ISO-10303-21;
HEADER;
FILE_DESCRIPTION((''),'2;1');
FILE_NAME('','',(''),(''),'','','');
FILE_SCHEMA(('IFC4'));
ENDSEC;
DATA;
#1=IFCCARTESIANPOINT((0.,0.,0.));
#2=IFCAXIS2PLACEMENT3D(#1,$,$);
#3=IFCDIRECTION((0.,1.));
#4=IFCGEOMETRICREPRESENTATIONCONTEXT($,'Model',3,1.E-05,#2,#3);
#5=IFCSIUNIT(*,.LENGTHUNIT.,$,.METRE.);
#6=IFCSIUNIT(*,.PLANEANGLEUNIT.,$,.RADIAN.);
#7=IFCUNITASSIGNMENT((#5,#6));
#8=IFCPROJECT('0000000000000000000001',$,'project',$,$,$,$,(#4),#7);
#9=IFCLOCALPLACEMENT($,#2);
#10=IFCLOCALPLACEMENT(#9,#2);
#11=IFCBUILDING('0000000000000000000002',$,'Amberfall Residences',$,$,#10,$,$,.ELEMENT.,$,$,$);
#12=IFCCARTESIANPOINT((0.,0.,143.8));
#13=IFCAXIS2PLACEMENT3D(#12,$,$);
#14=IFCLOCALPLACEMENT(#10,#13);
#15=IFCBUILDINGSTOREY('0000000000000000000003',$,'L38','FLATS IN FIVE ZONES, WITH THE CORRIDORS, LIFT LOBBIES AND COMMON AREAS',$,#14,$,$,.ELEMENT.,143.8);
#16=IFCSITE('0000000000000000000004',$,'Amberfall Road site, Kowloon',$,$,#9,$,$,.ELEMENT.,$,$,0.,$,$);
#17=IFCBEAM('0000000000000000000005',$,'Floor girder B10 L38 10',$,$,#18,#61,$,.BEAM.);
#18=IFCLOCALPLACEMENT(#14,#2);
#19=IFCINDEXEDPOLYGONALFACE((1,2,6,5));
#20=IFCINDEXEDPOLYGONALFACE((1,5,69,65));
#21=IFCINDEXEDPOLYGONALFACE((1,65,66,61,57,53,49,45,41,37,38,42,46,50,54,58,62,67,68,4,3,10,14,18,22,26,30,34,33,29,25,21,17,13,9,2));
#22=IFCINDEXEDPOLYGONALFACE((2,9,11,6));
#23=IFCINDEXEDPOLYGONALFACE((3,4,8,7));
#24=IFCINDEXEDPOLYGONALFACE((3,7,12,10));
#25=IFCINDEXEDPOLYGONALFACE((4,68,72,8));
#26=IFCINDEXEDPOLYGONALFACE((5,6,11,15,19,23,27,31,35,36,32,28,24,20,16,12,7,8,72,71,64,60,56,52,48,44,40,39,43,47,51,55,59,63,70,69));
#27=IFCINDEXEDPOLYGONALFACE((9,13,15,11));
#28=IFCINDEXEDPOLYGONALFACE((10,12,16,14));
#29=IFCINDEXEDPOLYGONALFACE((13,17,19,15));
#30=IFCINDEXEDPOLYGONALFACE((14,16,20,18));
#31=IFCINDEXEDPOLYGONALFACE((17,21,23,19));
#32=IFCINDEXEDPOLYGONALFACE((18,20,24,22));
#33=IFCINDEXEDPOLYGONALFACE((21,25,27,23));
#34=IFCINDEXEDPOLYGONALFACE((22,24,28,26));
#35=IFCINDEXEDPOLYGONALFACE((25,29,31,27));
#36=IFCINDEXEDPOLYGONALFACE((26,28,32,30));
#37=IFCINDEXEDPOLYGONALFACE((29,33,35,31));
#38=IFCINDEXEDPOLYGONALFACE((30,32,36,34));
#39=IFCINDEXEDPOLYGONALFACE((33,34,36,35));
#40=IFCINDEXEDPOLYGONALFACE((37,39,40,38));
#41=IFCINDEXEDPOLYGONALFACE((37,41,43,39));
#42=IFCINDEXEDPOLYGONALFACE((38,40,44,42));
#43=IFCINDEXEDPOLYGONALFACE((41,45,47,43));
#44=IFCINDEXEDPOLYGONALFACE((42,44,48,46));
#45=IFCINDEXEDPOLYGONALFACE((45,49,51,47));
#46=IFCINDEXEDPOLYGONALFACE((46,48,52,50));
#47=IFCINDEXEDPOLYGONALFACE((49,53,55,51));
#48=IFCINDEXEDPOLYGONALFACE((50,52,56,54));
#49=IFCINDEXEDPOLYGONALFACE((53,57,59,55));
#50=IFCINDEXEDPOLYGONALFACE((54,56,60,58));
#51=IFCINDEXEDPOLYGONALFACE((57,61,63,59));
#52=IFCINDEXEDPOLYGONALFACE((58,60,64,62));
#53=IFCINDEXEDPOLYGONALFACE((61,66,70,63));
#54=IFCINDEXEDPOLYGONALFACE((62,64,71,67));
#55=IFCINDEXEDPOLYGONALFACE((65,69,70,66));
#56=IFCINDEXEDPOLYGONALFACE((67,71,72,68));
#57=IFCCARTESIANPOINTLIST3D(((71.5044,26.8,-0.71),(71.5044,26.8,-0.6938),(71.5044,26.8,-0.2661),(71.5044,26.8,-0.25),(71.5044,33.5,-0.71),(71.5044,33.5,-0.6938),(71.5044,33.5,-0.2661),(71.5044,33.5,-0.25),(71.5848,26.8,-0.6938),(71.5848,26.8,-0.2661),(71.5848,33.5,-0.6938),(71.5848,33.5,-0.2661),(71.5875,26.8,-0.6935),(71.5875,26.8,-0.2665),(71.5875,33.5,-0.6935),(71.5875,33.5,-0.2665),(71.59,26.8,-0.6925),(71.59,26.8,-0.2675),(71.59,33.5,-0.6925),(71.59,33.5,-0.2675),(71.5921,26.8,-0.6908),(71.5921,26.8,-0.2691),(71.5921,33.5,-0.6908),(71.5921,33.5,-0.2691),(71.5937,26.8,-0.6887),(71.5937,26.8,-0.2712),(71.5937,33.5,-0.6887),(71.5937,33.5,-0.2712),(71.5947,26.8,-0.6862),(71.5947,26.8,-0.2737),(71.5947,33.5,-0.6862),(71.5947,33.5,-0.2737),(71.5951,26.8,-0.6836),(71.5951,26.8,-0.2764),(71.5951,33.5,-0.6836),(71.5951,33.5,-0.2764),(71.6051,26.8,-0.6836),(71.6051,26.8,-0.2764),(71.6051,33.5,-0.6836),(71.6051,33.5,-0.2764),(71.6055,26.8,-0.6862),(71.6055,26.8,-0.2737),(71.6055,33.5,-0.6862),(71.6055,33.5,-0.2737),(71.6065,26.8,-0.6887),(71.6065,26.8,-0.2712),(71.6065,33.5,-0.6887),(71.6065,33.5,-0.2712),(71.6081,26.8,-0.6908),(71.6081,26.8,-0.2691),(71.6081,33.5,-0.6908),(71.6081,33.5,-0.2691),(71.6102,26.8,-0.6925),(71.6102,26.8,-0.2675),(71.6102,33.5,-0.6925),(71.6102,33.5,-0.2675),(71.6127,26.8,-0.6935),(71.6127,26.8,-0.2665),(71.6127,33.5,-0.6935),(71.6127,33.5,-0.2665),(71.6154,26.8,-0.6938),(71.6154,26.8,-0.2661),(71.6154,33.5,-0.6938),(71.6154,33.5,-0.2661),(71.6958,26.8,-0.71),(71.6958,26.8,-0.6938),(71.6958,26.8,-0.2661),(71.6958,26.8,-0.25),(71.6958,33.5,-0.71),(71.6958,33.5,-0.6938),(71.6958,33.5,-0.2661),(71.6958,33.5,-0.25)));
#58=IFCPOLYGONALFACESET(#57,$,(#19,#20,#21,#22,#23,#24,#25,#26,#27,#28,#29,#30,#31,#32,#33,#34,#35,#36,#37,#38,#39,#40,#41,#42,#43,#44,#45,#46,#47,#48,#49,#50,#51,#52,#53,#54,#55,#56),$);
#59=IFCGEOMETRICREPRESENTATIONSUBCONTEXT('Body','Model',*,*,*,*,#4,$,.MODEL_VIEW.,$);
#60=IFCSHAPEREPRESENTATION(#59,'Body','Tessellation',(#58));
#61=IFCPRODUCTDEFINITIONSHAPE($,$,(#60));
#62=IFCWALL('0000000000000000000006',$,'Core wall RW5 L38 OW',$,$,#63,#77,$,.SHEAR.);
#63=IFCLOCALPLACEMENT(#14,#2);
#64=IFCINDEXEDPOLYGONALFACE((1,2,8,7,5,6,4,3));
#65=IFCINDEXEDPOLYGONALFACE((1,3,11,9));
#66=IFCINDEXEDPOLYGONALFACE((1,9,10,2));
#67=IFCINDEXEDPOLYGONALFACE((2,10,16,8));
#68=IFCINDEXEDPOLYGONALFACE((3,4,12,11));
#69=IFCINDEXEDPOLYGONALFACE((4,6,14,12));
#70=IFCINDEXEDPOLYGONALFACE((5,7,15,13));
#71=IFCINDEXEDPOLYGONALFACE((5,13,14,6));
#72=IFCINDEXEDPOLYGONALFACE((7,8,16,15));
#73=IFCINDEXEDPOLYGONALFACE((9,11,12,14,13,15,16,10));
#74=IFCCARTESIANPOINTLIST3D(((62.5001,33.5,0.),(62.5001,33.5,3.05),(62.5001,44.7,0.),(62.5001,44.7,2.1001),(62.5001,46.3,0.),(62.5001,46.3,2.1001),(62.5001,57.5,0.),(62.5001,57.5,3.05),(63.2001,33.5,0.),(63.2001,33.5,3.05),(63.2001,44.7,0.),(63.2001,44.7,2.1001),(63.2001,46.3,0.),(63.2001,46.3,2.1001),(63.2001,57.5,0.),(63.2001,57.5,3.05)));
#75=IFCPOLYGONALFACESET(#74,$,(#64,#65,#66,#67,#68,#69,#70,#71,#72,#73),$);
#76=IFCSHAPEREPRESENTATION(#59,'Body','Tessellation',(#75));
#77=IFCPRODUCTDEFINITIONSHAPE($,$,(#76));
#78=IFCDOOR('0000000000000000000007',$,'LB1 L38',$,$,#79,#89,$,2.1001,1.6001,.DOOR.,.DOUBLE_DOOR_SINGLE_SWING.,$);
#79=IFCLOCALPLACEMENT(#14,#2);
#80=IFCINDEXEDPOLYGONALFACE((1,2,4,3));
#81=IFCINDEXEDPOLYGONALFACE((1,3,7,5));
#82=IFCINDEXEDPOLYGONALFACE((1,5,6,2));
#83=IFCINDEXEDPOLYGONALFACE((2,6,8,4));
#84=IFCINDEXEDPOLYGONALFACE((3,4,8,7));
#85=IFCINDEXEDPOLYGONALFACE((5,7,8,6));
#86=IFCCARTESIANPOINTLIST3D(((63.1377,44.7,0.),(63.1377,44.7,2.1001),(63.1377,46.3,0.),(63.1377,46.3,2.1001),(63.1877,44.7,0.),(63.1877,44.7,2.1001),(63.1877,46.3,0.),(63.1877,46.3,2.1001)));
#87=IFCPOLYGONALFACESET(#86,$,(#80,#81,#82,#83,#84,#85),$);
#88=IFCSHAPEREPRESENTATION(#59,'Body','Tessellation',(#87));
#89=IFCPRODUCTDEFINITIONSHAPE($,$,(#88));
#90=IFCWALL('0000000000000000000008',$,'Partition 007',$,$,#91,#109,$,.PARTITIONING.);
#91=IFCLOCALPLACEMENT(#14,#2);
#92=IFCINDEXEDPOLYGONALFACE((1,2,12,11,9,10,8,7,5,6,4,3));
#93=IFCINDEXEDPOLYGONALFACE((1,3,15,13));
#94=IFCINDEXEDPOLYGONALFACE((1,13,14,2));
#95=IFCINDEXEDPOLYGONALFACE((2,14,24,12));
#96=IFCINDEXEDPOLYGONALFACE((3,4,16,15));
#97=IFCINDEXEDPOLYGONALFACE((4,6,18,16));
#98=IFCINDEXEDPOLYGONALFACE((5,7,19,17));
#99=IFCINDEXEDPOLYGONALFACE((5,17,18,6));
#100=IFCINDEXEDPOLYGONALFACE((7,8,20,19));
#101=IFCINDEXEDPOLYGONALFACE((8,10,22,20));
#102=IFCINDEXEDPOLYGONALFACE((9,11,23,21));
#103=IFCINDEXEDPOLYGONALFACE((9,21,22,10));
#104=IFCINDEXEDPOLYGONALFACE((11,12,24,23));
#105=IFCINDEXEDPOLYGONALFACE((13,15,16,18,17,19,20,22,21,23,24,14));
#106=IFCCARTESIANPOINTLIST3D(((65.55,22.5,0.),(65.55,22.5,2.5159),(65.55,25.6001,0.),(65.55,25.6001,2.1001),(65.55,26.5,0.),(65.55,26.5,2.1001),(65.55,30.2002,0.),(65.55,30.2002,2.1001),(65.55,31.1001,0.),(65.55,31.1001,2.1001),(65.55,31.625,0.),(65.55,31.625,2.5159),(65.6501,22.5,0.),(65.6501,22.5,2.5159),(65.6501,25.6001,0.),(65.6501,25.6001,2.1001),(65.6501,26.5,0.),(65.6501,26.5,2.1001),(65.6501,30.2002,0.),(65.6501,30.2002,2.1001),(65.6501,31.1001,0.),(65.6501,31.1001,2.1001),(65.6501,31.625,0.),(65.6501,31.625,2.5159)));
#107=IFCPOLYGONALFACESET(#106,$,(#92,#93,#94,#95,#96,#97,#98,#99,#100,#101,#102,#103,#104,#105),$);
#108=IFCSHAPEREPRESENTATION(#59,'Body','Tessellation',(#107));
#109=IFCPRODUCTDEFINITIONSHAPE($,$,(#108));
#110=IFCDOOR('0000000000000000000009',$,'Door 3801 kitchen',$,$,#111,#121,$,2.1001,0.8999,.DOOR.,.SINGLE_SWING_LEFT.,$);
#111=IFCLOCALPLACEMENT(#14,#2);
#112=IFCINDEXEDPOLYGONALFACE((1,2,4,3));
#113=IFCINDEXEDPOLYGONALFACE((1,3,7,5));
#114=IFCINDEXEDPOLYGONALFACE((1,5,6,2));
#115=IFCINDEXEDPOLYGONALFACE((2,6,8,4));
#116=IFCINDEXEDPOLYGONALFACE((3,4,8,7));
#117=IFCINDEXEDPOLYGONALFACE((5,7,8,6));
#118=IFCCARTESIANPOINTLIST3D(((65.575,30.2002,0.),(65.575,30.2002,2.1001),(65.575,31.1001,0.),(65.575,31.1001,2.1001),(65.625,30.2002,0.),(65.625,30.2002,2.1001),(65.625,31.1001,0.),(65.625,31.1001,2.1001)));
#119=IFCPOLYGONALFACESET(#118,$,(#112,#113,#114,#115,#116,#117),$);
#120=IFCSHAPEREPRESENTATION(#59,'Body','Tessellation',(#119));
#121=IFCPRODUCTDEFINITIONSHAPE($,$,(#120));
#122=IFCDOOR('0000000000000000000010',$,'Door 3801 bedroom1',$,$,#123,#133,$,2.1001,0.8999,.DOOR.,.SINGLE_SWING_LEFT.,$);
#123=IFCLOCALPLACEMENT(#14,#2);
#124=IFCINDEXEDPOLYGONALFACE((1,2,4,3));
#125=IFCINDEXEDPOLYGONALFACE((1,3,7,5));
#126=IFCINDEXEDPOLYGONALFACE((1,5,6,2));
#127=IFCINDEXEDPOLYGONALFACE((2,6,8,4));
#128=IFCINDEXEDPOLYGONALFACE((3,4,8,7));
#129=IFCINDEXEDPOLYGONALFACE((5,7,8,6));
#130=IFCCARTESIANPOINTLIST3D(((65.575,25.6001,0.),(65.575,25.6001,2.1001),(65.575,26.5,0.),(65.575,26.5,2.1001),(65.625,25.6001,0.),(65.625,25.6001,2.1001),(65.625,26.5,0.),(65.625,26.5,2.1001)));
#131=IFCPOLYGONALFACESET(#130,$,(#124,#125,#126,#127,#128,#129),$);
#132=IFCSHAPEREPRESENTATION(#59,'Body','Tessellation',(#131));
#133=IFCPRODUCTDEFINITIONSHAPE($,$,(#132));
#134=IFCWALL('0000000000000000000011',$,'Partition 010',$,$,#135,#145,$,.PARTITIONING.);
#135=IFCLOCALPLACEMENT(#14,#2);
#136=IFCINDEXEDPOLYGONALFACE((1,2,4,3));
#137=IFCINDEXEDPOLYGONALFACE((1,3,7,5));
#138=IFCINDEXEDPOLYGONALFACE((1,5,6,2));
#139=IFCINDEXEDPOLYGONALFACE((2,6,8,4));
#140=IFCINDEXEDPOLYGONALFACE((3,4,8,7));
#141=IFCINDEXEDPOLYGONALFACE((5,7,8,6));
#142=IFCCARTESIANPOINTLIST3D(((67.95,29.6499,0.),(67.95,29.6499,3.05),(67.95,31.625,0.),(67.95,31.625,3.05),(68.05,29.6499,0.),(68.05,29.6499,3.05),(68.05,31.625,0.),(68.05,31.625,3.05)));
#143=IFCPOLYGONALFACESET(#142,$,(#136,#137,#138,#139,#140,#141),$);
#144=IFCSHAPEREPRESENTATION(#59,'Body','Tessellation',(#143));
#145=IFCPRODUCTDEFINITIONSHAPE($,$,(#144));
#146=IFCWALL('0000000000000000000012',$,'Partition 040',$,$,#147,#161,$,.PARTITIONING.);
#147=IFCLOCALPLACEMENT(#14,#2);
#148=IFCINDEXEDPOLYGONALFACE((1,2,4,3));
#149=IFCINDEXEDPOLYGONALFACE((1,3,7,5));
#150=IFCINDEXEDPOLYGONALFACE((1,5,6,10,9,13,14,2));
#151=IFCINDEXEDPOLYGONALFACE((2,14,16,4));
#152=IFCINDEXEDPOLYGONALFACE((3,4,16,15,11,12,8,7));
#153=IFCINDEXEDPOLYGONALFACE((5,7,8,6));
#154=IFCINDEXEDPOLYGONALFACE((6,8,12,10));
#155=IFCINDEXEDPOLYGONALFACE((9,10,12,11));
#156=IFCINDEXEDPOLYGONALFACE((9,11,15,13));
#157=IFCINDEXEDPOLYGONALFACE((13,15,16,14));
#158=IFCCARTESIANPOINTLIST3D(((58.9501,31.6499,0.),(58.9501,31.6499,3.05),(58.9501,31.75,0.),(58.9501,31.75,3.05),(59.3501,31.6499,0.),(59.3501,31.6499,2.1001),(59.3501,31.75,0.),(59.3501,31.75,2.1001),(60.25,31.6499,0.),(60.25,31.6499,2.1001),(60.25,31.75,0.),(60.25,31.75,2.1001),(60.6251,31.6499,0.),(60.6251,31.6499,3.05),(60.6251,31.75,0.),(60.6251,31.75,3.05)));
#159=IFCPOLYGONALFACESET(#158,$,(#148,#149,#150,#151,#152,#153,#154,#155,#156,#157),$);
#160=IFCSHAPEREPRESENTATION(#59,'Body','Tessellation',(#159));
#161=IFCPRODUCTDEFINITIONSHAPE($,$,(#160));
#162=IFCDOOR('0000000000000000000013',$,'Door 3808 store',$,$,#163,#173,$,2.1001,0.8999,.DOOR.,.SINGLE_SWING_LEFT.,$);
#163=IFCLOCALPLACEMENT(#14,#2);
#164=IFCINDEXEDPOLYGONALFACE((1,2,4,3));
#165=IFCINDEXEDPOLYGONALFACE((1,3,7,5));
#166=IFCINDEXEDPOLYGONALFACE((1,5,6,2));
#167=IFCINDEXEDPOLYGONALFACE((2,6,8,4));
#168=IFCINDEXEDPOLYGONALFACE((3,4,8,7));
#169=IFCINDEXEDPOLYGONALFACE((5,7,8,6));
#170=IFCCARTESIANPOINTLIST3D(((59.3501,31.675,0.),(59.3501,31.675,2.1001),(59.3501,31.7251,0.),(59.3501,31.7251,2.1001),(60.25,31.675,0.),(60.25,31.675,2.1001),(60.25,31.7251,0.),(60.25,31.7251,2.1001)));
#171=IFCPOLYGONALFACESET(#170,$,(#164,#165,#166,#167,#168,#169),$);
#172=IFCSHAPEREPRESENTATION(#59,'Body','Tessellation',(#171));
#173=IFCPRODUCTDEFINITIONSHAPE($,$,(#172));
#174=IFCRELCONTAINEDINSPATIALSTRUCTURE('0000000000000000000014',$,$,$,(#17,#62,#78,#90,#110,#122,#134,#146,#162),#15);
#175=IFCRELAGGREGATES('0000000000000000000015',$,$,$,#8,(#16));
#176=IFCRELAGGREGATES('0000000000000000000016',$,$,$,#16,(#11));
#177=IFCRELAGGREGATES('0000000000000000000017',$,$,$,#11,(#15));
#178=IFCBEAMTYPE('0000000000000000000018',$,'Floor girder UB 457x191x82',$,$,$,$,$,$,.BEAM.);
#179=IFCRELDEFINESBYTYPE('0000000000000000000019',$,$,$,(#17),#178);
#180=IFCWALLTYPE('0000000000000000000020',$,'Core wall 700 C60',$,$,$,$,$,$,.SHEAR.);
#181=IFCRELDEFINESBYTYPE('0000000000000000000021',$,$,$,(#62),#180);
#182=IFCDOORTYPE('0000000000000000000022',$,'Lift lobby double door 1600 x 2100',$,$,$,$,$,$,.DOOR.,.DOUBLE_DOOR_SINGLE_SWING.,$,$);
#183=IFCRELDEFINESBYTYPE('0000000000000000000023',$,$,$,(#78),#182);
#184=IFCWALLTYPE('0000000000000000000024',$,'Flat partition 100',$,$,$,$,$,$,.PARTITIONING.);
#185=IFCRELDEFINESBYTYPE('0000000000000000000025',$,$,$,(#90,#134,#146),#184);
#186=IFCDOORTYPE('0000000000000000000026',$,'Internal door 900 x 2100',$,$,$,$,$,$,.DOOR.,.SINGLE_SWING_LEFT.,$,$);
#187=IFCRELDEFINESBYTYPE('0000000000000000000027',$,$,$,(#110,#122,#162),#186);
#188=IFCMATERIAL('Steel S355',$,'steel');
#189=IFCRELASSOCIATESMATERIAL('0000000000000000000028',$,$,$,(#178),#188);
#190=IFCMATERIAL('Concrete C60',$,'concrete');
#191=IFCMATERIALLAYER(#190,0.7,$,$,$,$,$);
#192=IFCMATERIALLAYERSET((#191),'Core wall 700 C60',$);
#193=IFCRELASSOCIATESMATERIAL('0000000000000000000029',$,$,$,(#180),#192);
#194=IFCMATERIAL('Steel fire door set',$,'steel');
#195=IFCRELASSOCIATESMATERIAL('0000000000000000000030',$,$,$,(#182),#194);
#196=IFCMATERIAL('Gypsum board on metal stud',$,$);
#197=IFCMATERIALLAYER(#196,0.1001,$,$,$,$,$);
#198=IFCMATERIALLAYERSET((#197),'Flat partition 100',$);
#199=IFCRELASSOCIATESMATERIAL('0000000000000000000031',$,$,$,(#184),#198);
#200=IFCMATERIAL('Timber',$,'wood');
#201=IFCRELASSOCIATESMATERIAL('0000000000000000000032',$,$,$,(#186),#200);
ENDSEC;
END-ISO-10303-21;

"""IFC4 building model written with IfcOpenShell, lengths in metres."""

from ifc_helpers import new_model, si_unit, direction, frame, frame_2d, origin, origin_2d, place, context, subcontext, project, spatial, rectangle, i_section, extrude, material, layer, layer_set, material_profile, profile_set, type_object, element, fill, save


model = new_model("IFC4")

# Units and contexts
model_context = context("Model", 3, precision=1e-05, world=origin(), true_north=direction((0.0, 1.0)))
body_context = subcontext(model_context, "Body", "Model", "MODEL_VIEW")
ifc_project = project(units=[si_unit("LENGTHUNIT", "METRE"), si_unit("PLANEANGLEUNIT", "RADIAN")], contexts=[model_context])

# Site, building, storey
site_placement = place(None, origin())
site = spatial("IfcSite", under=ifc_project, at=site_placement, Name="Amberfall Road site, Kowloon", CompositionType="ELEMENT", RefElevation=0.0)
building_placement = place(site_placement, origin())
building = spatial("IfcBuilding", under=site, at=building_placement, Name="Amberfall Residences", CompositionType="ELEMENT")
storey_placement = place(building_placement, frame((0.0, 0.0, 143.8)))
storey = spatial("IfcBuildingStorey", under=building, at=storey_placement, Name="L38", Description="FLATS IN FIVE ZONES, WITH THE CORRIDORS, LIFT LOBBIES AND COMMON AREAS", CompositionType="ELEMENT", Elevation=143.8)

# Beam
ifc_material_1 = material(Name="Steel S355", Category="steel")
ifc_material_profile = material_profile(ifc_material_1, i_section(OverallWidth=0.1914, OverallDepth=0.46, WebThickness=0.01, FlangeThickness=0.0161, FilletRadius=0.0103, at=origin_2d()), Name="UB 457x191x82")
ifc_profile_set = profile_set([ifc_material_profile], Name="Steel S355")
beam_type = type_object("IfcBeamType", Name="Floor girder UB 457x191x82", PredefinedType="BEAM", material=ifc_profile_set)
beam_placement = place(storey_placement, frame((71.6001, 26.8, -0.48), z_axis=(0.0, 1.0, 0.0), x_axis=(-1.0, 0.0, 0.0)))
element("IfcBeam", 1, at=beam_placement, inside=storey, type_object=beam_type, Name="Floor girder B10 L38 10", PredefinedType="BEAM", context=body_context, shape_type="SweptSolid", body=[
    extrude(i_section(OverallWidth=0.1914, OverallDepth=0.46, WebThickness=0.01, FlangeThickness=0.0161, FilletRadius=0.0103, at=origin_2d()), origin(), (0.0, 0.0, 1.0), 6.7),
])

# Wall, opening, door
ifc_material_2 = material(Name="Concrete C60", Category="concrete")
ifc_layer_1 = layer(ifc_material_2, 0.7)
ifc_layer_set_1 = layer_set([ifc_layer_1], Name="Core wall 700 C60")
wall_type_1 = type_object("IfcWallType", Name="Core wall 700 C60", PredefinedType="SHEAR", material=ifc_layer_set_1)
wall_1_placement = place(storey_placement, frame((62.8501, 33.5, 0.0), z_axis=(0.0, 0.0, 1.0), x_axis=(0.0, 1.0, 0.0)))
wall_1 = element("IfcWall", 2, at=wall_1_placement, inside=storey, type_object=wall_type_1, Name="Core wall RW5 L38 OW", PredefinedType="SHEAR", context=body_context, shape_type="SweptSolid", body=[
    extrude(rectangle(XDim=24.0, YDim=0.7, at=frame_2d((12.0, 0.0))), origin(), (0.0, 0.0, 1.0), 3.05),
])
opening_1_placement = place(wall_1_placement, frame((11.2, 0.0, 0.0)))
opening_1 = element("IfcOpeningElement", 3, at=opening_1_placement, cuts=wall_1, PredefinedType="OPENING", context=body_context, shape_type="SweptSolid", body=[
    extrude(rectangle(XDim=1.6001, YDim=2.1001, at=frame_2d((0.8, 1.05))), frame((0.0, 0.3599, 0.0), z_axis=(0.0, -1.0, 0.0), x_axis=(1.0, 0.0, 0.0)), (0.0, 0.0, 1.0), 0.72),
])
ifc_material_3 = material(Name="Steel fire door set", Category="steel")
door_type_1 = type_object("IfcDoorType", Name="Lift lobby double door 1600 x 2100", OperationType="DOUBLE_DOOR_SINGLE_SWING", PredefinedType="DOOR", material=ifc_material_3)
door_1_placement = place(opening_1_placement, origin())
door_1 = element("IfcDoor", 4, at=door_1_placement, inside=storey, type_object=door_type_1, Name="LB1 L38", OperationType="DOUBLE_DOOR_SINGLE_SWING", OverallHeight=2.1001, OverallWidth=1.6001, PredefinedType="DOOR", context=body_context, shape_type="SweptSolid", body=[
    extrude(rectangle(XDim=1.6001, YDim=2.1001, at=frame_2d((0.8, 1.05))), frame((0.0, -0.2876, 0.0), z_axis=(0.0, -1.0, 0.0), x_axis=(1.0, 0.0, 0.0)), (0.0, 0.0, 1.0), 0.05),
])
fill(opening_1, door_1)

# Wall, openings, doors
ifc_material_4 = material(Name="Gypsum board on metal stud")
ifc_layer_2 = layer(ifc_material_4, 0.1001)
ifc_layer_set_2 = layer_set([ifc_layer_2], Name="Flat partition 100")
wall_type_2 = type_object("IfcWallType", Name="Flat partition 100", PredefinedType="PARTITIONING", material=ifc_layer_set_2)
wall_2_placement = place(storey_placement, frame((65.6001, 31.625, 0.0), z_axis=(0.0, 0.0, 1.0), x_axis=(0.0, -1.0, 0.0)))
wall_2 = element("IfcWall", 5, at=wall_2_placement, inside=storey, type_object=wall_type_2, Name="Partition 007", PredefinedType="PARTITIONING", context=body_context, shape_type="SweptSolid", body=[
    extrude(rectangle(XDim=9.125, YDim=0.1001, at=frame_2d((4.5625, 0.0))), origin(), (0.0, 0.0, 1.0), 2.5159),
])
opening_2_placement = place(wall_2_placement, frame((0.5249, 0.0, 0.0)))
opening_2 = element("IfcOpeningElement", 6, at=opening_2_placement, cuts=wall_2, PredefinedType="OPENING", context=body_context, shape_type="SweptSolid", body=[
    extrude(rectangle(XDim=0.8999, YDim=2.1001, at=frame_2d((0.45, 1.05))), frame((0.0, 0.0601, 0.0), z_axis=(0.0, -1.0, 0.0), x_axis=(1.0, 0.0, 0.0)), (0.0, 0.0, 1.0), 0.1201),
])
opening_3_placement = place(wall_2_placement, frame((5.125, 0.0, 0.0)))
opening_3 = element("IfcOpeningElement", 7, at=opening_3_placement, cuts=wall_2, PredefinedType="OPENING", context=body_context, shape_type="SweptSolid", body=[
    extrude(rectangle(XDim=0.8999, YDim=2.1001, at=frame_2d((0.45, 1.05))), frame((0.0, 0.0601, 0.0), z_axis=(0.0, -1.0, 0.0), x_axis=(1.0, 0.0, 0.0)), (0.0, 0.0, 1.0), 0.1201),
])
ifc_material_5 = material(Name="Timber", Category="wood")
door_type_2 = type_object("IfcDoorType", Name="Internal door 900 x 2100", OperationType="SINGLE_SWING_LEFT", PredefinedType="DOOR", material=ifc_material_5)
door_2_placement = place(opening_2_placement, origin())
door_2 = element("IfcDoor", 8, at=door_2_placement, inside=storey, type_object=door_type_2, Name="Door 3801 kitchen", OperationType="SINGLE_SWING_LEFT", OverallHeight=2.1001, OverallWidth=0.8999, PredefinedType="DOOR", context=body_context, shape_type="SweptSolid", body=[
    extrude(rectangle(XDim=0.8999, YDim=2.1001, at=frame_2d((0.45, 1.05))), frame((0.0, 0.0249, 0.0), z_axis=(0.0, -1.0, 0.0), x_axis=(1.0, 0.0, 0.0)), (0.0, 0.0, 1.0), 0.05),
])
fill(opening_2, door_2)
door_3_placement = place(opening_3_placement, origin())
door_3 = element("IfcDoor", 9, at=door_3_placement, inside=storey, type_object=door_type_2, Name="Door 3801 bedroom1", OperationType="SINGLE_SWING_LEFT", OverallHeight=2.1001, OverallWidth=0.8999, PredefinedType="DOOR", context=body_context, shape_type="SweptSolid", body=[
    extrude(rectangle(XDim=0.8999, YDim=2.1001, at=frame_2d((0.45, 1.05))), frame((0.0, 0.0249, 0.0), z_axis=(0.0, -1.0, 0.0), x_axis=(1.0, 0.0, 0.0)), (0.0, 0.0, 1.0), 0.05),
])
fill(opening_3, door_3)

# Wall
wall_3_placement = place(storey_placement, frame((68.0, 29.6499, 0.0), z_axis=(0.0, 0.0, 1.0), x_axis=(0.0, 1.0, 0.0)))
element("IfcWall", 10, at=wall_3_placement, inside=storey, type_object=wall_type_2, Name="Partition 010", PredefinedType="PARTITIONING", context=body_context, shape_type="SweptSolid", body=[
    extrude(rectangle(XDim=1.9751, YDim=0.1001, at=frame_2d((0.9875, 0.0))), origin(), (0.0, 0.0, 1.0), 3.05),
])

# Wall, opening, door
wall_4_placement = place(storey_placement, frame((60.625, 31.7, 0.0), z_axis=(0.0, 0.0, 1.0), x_axis=(-1.0, 0.0, 0.0)))
wall_4 = element("IfcWall", 11, at=wall_4_placement, inside=storey, type_object=wall_type_2, Name="Partition 040", PredefinedType="PARTITIONING", context=body_context, shape_type="SweptSolid", body=[
    extrude(rectangle(XDim=1.675, YDim=0.1001, at=frame_2d((0.8374, 0.0))), origin(), (0.0, 0.0, 1.0), 3.05),
])
opening_4_placement = place(wall_4_placement, frame((0.375, 0.0, 0.0)))
opening_4 = element("IfcOpeningElement", 12, at=opening_4_placement, cuts=wall_4, PredefinedType="OPENING", context=body_context, shape_type="SweptSolid", body=[
    extrude(rectangle(XDim=0.8999, YDim=2.1001, at=frame_2d((0.45, 1.05))), frame((0.0, 0.0601, 0.0), z_axis=(0.0, -1.0, 0.0), x_axis=(1.0, 0.0, 0.0)), (0.0, 0.0, 1.0), 0.1201),
])
door_4_placement = place(opening_4_placement, origin())
door_4 = element("IfcDoor", 13, at=door_4_placement, inside=storey, type_object=door_type_2, Name="Door 3808 store", OperationType="SINGLE_SWING_LEFT", OverallHeight=2.1001, OverallWidth=0.8999, PredefinedType="DOOR", context=body_context, shape_type="SweptSolid", body=[
    extrude(rectangle(XDim=0.8999, YDim=2.1001, at=frame_2d((0.45, 1.05))), frame((0.0, 0.0249, 0.0), z_axis=(0.0, -1.0, 0.0), x_axis=(1.0, 0.0, 0.0)), (0.0, 0.0, 1.0), 0.05),
])
fill(opening_4, door_4)

save(model, "model.ifc")
